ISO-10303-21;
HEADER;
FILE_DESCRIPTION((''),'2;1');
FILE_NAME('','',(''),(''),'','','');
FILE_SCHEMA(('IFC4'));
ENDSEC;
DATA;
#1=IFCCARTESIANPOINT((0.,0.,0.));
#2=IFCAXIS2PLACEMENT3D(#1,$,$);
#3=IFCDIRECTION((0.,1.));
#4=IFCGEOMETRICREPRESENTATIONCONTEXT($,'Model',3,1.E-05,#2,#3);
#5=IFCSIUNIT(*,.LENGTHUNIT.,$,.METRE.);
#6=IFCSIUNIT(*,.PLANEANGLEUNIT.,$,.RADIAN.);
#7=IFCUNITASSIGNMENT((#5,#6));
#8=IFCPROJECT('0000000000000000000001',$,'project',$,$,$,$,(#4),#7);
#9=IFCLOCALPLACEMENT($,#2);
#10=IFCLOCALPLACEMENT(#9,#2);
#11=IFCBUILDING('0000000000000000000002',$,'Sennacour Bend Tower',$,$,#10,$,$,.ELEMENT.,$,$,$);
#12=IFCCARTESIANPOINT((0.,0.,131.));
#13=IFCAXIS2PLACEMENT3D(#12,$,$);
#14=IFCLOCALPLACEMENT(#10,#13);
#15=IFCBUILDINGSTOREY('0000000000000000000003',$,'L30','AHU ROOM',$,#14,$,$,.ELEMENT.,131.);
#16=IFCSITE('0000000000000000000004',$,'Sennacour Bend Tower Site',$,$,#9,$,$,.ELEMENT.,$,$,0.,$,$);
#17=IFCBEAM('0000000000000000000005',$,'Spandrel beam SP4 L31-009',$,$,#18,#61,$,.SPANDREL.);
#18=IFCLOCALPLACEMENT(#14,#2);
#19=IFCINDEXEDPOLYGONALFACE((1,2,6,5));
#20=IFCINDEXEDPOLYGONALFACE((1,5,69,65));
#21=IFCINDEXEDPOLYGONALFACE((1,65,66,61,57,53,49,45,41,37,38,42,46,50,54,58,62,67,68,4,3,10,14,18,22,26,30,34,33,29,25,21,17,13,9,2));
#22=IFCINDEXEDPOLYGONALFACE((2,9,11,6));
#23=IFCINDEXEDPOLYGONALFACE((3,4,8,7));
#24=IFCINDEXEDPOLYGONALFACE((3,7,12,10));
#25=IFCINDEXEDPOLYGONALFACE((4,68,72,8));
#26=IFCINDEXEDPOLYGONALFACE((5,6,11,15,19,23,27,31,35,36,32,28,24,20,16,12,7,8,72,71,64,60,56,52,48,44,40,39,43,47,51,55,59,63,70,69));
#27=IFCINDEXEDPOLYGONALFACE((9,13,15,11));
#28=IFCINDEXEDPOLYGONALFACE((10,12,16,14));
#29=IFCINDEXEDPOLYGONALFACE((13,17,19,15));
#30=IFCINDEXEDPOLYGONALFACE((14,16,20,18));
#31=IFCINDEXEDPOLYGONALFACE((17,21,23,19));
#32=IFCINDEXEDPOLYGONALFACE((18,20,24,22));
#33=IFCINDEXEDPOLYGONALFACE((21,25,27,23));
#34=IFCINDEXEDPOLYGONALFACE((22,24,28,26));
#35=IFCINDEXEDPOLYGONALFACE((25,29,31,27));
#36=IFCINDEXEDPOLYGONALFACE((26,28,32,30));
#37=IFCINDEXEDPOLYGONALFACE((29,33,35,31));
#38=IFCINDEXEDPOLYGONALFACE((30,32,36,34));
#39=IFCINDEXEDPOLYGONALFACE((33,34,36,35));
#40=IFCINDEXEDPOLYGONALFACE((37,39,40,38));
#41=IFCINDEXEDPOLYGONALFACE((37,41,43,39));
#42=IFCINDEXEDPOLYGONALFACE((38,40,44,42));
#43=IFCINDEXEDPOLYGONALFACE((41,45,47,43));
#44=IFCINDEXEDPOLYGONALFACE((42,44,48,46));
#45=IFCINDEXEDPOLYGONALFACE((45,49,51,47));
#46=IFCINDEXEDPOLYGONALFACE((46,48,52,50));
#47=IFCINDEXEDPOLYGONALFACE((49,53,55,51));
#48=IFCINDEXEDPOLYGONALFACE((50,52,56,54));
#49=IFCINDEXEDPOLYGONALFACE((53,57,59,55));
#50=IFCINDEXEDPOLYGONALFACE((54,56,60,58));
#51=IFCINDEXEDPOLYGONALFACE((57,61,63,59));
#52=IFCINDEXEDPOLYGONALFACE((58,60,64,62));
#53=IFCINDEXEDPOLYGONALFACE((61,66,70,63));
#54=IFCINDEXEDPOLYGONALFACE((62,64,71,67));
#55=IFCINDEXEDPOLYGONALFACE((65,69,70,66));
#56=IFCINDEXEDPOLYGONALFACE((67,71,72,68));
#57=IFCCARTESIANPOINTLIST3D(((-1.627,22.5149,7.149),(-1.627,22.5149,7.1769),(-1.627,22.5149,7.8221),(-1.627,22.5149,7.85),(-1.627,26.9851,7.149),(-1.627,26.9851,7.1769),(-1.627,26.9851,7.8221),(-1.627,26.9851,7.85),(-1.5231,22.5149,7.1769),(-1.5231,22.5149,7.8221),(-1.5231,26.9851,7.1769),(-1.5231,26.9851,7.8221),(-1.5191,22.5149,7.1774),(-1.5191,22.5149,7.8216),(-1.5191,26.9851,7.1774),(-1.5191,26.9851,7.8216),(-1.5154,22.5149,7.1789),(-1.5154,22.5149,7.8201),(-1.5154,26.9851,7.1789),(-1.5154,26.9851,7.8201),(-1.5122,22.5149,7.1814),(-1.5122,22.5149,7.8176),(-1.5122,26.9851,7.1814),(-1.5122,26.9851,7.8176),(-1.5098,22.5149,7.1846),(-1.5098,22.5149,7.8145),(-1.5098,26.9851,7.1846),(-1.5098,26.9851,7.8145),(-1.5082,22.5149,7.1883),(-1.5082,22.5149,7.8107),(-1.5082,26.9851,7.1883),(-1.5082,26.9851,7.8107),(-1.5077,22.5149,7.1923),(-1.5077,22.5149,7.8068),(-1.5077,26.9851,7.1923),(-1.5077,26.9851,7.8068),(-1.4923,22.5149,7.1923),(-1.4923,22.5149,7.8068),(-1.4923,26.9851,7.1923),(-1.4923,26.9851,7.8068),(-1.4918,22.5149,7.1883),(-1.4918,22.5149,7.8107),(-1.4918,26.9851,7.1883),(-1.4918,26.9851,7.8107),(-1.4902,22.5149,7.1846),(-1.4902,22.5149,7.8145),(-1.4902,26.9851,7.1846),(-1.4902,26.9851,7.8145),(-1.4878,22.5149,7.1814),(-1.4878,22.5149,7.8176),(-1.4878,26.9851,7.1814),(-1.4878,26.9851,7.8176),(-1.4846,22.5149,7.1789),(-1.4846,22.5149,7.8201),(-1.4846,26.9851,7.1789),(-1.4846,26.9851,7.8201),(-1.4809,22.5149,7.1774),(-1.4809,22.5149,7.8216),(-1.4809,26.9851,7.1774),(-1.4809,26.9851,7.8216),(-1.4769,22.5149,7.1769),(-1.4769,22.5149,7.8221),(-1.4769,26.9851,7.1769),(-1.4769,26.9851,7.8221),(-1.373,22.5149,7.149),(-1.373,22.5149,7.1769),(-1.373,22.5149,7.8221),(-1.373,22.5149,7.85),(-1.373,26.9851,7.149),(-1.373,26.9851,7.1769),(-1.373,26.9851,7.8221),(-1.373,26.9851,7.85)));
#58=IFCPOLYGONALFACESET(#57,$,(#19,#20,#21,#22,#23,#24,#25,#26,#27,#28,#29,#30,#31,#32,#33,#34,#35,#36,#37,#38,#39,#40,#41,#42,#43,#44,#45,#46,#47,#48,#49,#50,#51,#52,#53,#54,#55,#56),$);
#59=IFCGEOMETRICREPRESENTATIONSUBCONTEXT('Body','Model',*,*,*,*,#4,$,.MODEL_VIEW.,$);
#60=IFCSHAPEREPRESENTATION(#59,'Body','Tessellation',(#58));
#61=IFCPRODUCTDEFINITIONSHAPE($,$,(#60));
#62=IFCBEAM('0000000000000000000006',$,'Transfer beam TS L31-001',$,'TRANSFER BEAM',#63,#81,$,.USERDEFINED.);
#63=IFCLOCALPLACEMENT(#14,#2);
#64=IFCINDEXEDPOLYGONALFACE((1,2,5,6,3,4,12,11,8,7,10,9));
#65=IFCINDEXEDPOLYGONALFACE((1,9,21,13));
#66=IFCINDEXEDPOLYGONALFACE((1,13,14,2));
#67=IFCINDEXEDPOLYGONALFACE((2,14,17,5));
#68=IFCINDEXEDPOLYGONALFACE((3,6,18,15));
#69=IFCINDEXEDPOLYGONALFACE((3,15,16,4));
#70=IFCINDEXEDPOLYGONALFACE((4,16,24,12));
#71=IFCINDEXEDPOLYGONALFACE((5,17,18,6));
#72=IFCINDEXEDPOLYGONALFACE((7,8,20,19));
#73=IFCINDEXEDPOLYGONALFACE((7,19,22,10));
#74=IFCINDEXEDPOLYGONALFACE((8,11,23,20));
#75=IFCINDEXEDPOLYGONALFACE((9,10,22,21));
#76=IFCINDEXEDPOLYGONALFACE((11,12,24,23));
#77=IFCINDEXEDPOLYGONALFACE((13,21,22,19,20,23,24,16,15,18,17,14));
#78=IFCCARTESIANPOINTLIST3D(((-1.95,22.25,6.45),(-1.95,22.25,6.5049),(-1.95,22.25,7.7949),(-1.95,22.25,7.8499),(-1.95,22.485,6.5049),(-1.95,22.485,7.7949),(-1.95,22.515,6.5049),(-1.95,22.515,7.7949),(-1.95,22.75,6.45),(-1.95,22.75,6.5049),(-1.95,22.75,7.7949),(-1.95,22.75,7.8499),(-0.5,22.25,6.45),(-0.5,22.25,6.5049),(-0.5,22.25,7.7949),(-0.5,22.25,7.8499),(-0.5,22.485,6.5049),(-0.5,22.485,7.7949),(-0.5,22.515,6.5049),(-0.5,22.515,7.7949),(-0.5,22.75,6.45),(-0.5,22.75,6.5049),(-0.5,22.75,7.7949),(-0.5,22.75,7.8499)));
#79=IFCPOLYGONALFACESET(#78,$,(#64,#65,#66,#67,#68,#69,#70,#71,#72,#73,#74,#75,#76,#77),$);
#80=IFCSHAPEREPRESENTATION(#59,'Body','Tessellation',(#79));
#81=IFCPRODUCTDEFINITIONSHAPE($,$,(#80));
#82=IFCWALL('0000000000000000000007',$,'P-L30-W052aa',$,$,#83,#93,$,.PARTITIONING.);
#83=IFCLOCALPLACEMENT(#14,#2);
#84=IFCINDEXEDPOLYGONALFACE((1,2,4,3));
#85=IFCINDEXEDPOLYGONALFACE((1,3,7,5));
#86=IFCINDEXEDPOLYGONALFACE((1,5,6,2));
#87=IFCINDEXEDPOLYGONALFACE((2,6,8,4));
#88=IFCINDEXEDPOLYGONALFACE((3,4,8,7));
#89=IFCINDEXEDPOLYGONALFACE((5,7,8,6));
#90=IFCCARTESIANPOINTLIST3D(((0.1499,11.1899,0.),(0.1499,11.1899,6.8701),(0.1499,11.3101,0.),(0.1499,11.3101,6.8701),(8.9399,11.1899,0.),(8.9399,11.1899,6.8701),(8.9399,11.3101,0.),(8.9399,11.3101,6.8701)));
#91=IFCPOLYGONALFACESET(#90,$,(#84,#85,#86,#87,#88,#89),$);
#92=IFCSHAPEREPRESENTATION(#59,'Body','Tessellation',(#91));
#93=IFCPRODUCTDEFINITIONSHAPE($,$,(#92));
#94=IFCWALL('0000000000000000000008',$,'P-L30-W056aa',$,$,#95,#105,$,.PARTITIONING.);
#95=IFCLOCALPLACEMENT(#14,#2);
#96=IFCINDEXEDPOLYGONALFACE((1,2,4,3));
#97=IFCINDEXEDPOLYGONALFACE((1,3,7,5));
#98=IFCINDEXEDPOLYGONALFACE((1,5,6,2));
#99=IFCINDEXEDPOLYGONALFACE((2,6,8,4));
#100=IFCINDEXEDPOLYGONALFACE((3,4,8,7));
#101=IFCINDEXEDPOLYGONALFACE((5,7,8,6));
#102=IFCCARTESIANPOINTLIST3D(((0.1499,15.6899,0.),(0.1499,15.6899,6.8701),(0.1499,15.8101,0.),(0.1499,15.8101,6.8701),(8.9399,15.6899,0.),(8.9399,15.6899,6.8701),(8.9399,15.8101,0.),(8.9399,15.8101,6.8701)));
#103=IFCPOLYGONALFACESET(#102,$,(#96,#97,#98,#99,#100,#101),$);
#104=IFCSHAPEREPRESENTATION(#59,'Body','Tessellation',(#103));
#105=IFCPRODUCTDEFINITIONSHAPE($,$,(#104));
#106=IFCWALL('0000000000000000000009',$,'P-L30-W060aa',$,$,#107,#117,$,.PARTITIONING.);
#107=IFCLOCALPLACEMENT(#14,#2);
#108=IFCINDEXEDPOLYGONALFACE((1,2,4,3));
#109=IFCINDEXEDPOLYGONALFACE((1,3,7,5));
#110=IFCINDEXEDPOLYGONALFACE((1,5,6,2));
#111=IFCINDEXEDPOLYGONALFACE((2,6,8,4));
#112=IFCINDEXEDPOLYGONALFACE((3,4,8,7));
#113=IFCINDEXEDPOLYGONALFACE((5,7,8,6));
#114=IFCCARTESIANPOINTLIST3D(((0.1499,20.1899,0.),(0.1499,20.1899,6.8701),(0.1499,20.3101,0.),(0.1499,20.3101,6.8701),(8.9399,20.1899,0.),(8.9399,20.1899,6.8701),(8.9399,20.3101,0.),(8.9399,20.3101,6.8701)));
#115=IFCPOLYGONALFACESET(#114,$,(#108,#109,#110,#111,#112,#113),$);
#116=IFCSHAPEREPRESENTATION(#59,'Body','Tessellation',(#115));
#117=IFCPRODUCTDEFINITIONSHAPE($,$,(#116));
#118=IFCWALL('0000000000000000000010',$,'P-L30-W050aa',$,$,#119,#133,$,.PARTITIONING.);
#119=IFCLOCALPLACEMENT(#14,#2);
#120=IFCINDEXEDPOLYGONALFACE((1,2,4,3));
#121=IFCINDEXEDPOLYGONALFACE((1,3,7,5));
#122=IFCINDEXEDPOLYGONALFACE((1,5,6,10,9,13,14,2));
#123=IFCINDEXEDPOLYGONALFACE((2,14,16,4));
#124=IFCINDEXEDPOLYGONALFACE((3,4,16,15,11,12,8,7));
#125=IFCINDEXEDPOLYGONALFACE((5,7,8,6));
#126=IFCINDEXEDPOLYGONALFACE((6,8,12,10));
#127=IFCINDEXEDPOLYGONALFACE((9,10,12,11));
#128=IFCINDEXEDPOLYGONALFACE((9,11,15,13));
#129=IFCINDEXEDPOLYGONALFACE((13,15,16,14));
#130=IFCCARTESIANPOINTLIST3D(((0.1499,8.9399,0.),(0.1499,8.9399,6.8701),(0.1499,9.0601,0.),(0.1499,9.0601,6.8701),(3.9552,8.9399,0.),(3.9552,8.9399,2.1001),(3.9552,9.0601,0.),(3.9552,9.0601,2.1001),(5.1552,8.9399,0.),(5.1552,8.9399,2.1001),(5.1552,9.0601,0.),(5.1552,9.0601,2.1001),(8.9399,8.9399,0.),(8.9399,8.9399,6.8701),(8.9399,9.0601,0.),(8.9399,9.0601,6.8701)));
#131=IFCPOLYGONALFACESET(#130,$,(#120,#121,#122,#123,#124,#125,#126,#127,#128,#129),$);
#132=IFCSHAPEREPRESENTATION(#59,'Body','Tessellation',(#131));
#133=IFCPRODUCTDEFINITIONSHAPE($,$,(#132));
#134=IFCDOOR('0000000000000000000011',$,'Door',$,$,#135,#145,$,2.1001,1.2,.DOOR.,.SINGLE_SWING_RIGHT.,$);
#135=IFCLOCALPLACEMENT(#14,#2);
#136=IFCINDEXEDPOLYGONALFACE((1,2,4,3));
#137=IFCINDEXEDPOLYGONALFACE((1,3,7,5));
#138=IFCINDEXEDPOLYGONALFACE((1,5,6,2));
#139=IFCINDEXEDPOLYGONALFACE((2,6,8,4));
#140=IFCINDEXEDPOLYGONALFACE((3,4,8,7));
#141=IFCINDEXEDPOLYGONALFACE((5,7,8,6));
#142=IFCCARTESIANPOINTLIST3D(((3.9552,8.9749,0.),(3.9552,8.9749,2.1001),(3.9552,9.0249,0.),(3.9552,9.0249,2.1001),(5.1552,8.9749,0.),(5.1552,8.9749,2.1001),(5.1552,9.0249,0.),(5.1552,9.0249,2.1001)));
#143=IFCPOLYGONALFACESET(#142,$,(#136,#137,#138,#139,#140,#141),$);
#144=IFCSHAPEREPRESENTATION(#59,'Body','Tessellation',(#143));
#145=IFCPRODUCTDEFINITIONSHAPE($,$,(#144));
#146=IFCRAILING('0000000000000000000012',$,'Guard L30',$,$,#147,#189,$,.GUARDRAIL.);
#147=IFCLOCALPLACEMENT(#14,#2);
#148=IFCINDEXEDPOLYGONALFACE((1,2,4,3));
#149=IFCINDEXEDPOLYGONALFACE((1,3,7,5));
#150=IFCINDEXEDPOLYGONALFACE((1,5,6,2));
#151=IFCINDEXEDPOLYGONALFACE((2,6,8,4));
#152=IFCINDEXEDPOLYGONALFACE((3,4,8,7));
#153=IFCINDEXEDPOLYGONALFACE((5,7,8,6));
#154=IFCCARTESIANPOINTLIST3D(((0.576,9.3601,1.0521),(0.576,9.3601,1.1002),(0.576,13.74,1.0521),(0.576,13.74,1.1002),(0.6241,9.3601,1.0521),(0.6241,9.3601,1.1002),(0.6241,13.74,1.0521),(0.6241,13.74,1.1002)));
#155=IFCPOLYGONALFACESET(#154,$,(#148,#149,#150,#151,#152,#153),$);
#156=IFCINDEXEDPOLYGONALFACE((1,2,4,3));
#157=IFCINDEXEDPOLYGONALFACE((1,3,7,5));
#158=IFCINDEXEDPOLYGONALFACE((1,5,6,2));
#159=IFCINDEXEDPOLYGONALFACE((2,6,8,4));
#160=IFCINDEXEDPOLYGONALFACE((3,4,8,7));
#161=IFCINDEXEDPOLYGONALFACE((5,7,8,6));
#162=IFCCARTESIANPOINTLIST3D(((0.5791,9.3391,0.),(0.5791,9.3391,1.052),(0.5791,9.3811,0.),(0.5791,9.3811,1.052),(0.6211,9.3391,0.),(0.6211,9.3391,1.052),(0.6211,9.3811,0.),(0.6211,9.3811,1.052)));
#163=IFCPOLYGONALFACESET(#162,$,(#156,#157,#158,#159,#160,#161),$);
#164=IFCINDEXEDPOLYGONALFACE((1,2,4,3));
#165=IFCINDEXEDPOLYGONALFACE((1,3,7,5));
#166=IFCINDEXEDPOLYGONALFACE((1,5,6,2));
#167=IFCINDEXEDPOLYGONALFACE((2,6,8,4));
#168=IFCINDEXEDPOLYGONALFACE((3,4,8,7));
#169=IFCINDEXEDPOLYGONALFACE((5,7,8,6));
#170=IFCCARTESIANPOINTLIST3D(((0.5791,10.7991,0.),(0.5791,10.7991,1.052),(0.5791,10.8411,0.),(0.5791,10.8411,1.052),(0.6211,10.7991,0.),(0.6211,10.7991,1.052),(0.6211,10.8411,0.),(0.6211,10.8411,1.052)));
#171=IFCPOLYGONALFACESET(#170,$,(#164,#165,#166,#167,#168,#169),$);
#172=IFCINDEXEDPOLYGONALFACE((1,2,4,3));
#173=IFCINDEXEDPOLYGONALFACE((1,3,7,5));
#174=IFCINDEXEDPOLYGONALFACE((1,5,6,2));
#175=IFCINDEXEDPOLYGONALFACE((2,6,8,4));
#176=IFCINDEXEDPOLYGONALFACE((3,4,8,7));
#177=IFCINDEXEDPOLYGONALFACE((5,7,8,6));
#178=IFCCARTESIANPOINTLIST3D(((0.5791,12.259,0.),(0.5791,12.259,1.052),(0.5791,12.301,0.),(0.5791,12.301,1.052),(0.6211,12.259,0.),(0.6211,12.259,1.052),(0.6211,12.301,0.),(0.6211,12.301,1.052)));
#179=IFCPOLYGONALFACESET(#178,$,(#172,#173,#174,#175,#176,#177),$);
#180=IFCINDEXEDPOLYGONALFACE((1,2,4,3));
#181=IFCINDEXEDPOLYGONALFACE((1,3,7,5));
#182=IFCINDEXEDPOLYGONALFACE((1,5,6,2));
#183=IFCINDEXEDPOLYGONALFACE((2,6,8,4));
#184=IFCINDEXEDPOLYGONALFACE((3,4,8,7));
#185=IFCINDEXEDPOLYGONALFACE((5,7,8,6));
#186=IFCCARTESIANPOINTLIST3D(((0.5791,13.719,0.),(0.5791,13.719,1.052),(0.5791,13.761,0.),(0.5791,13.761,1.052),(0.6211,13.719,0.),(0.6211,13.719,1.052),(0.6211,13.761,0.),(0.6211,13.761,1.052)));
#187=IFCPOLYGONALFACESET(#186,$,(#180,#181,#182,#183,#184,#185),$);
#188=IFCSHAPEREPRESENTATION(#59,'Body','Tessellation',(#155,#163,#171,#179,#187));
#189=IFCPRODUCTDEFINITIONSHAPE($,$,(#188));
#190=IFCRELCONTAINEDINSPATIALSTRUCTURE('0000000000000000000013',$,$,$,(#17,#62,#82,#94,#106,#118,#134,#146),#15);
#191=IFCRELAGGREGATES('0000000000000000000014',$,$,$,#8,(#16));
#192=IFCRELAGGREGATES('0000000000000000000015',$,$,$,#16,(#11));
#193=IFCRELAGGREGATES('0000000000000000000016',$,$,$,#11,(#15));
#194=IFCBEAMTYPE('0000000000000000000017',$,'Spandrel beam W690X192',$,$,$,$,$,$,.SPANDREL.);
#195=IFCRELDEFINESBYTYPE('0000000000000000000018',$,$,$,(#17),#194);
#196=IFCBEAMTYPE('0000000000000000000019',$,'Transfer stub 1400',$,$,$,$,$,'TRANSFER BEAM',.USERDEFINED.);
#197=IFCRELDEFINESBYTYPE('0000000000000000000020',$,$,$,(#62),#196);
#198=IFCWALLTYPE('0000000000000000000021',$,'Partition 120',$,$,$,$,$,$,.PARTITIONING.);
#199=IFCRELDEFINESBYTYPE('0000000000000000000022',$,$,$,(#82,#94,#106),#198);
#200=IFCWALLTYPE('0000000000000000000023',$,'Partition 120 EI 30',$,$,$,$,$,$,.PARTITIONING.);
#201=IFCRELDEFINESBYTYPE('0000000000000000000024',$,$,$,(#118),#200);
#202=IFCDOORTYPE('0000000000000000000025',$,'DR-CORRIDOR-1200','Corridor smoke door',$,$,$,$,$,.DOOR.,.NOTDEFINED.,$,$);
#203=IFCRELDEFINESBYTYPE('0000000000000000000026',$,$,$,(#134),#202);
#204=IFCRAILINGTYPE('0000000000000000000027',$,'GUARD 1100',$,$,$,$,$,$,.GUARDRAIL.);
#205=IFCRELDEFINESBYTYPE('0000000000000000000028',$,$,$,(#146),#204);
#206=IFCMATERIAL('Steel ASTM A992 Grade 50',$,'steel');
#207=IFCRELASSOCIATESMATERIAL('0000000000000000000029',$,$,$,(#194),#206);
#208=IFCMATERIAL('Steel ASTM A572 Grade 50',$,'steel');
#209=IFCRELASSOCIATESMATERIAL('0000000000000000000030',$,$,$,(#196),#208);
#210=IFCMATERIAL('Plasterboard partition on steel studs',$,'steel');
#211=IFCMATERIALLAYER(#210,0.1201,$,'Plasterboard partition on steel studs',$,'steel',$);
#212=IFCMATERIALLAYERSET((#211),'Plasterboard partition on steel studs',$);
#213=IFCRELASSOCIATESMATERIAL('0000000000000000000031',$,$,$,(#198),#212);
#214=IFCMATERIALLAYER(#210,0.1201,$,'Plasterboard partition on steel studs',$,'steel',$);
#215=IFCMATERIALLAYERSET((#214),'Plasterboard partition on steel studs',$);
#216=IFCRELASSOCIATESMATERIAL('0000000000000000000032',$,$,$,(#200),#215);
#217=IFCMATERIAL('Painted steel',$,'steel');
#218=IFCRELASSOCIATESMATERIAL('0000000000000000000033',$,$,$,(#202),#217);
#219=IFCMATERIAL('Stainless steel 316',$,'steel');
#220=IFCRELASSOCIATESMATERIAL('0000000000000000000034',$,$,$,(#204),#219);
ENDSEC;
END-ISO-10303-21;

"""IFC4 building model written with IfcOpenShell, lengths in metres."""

from ifc_helpers import new_model, si_unit, direction, frame, frame_2d, origin, origin_2d, place, context, subcontext, project, spatial, rectangle, i_section, extrude, material, layer, layer_set, material_profile, profile_set, type_object, element, fill, save


model = new_model("IFC4")

# Units and contexts
model_context = context("Model", 3, precision=1e-05, world=origin(), true_north=direction((0.0, 1.0)))
body_context = subcontext(model_context, "Body", "Model", "MODEL_VIEW")
ifc_project = project(units=[si_unit("LENGTHUNIT", "METRE"), si_unit("PLANEANGLEUNIT", "RADIAN")], contexts=[model_context])

# Site, building, storey
site_placement = place(None, origin())
site = spatial("IfcSite", under=ifc_project, at=site_placement, Name="Sennacour Bend Tower Site", CompositionType="ELEMENT", RefElevation=0.0)
building_placement = place(site_placement, origin())
building = spatial("IfcBuilding", under=site, at=building_placement, Name="Sennacour Bend Tower", CompositionType="ELEMENT")
storey_placement = place(building_placement, frame((0.0, 0.0, 131.0)))
storey = spatial("IfcBuildingStorey", under=building, at=storey_placement, Name="L30", Description="AHU ROOM", CompositionType="ELEMENT", Elevation=131.0)

# Shared definitions
ifc_material_1 = material(Name="Steel ASTM A572 Grade 50", Category="steel")

# Shared definitions
ifc_material_2 = material(Name="Steel ASTM A992 Grade 50", Category="steel")

# Beams
ifc_material_profile_1 = material_profile(ifc_material_2, i_section(OverallWidth=0.2539, OverallDepth=0.7009, WebThickness=0.0154, FlangeThickness=0.0278, FilletRadius=0.0154, at=origin_2d()), Name="Steel ASTM A992 Grade 50", Category="steel")
ifc_profile_set_1 = profile_set([ifc_material_profile_1], Name="Steel ASTM A992 Grade 50")
beam_type_1 = type_object("IfcBeamType", Name="Spandrel beam W690X192", PredefinedType="SPANDREL", material=ifc_profile_set_1)
beam_1_placement = place(storey_placement, frame((-1.5, 22.5149, 7.4995), z_axis=(0.0, 1.0, 0.0), x_axis=(-1.0, 0.0, 0.0)))
element("IfcBeam", 1, at=beam_1_placement, inside=storey, type_object=beam_type_1, Name="Spandrel beam SP4 L31-009", PredefinedType="SPANDREL", context=body_context, shape_type="SweptSolid", body=[
    extrude(i_section(OverallWidth=0.2539, OverallDepth=0.7009, WebThickness=0.0154, FlangeThickness=0.0278, FilletRadius=0.0154, at=origin_2d()), origin(), (0.0, 0.0, 1.0), 4.4702),
])
ifc_material_profile_2 = material_profile(ifc_material_1, i_section(OverallWidth=0.5, OverallDepth=1.3999, WebThickness=0.03, FlangeThickness=0.0549, at=origin_2d()), Name="Steel ASTM A572 Grade 50", Category="steel")
ifc_profile_set_2 = profile_set([ifc_material_profile_2], Name="Steel ASTM A572 Grade 50")
beam_type_2 = type_object("IfcBeamType", Name="Transfer stub 1400", ElementType="TRANSFER BEAM", PredefinedType="USERDEFINED", material=ifc_profile_set_2)
beam_2_placement = place(storey_placement, frame((-0.5, 22.5, 7.1499), z_axis=(-1.0, 0.0, 0.0), x_axis=(0.0, -1.0, 0.0)))
element("IfcBeam", 2, at=beam_2_placement, inside=storey, type_object=beam_type_2, Name="Transfer beam TS L31-001", ObjectType="TRANSFER BEAM", PredefinedType="USERDEFINED", context=body_context, shape_type="SweptSolid", body=[
    extrude(i_section(OverallWidth=0.5, OverallDepth=1.3999, WebThickness=0.03, FlangeThickness=0.0549, at=origin_2d()), origin(), (0.0, 0.0, 1.0), 1.45),
])

# Walls
ifc_material_3 = material(Name="Plasterboard partition on steel studs", Category="steel")
ifc_layer_1 = layer(ifc_material_3, 0.1201, Name="Plasterboard partition on steel studs", Category="steel")
ifc_layer_set_1 = layer_set([ifc_layer_1], Name="Plasterboard partition on steel studs")
wall_type_1 = type_object("IfcWallType", Name="Partition 120", PredefinedType="PARTITIONING", material=ifc_layer_set_1)
for number, where, z_axis, x_axis, name in (
    (3, (0.1499, 11.25, 0.0), (0.0, 0.0, 1.0), (1.0, 0.0, 0.0), "P-L30-W052aa"),
    (4, (0.1499, 15.75, 0.0), (0.0, 0.0, 1.0), (1.0, 0.0, 0.0), "P-L30-W056aa"),
    (5, (0.1499, 20.25, 0.0), (0.0, 0.0, 1.0), (1.0, 0.0, 0.0), "P-L30-W060aa"),
):
    element("IfcWall", number, at=place(storey_placement, frame(where, z_axis=z_axis, x_axis=x_axis)), inside=storey, type_object=wall_type_1, Name=name, PredefinedType="PARTITIONING", context=body_context, shape_type="SweptSolid", body=[
        extrude(rectangle(XDim=8.79, YDim=0.1201, at=frame_2d((4.395, 0.0))), origin(), (0.0, 0.0, 1.0), 6.8701),
    ])

# Wall, opening, door
ifc_layer_2 = layer(ifc_material_3, 0.1201, Name="Plasterboard partition on steel studs", Category="steel")
ifc_layer_set_2 = layer_set([ifc_layer_2], Name="Plasterboard partition on steel studs")
wall_type_2 = type_object("IfcWallType", Name="Partition 120 EI 30", PredefinedType="PARTITIONING", material=ifc_layer_set_2)
wall_placement = place(storey_placement, frame((0.1499, 9.0, 0.0), z_axis=(0.0, 0.0, 1.0), x_axis=(1.0, 0.0, 0.0)))
wall = element("IfcWall", 6, at=wall_placement, inside=storey, type_object=wall_type_2, Name="P-L30-W050aa", PredefinedType="PARTITIONING", context=body_context, shape_type="SweptSolid", body=[
    extrude(rectangle(XDim=8.79, YDim=0.1201, at=frame_2d((4.395, 0.0))), origin(), (0.0, 0.0, 1.0), 6.8701),
])
opening_placement = place(wall_placement, frame((3.8052, 0.0, 0.0)))
opening = element("IfcOpeningElement", 7, at=opening_placement, cuts=wall, PredefinedType="OPENING", context=body_context, shape_type="SweptSolid", body=[
    extrude(rectangle(XDim=1.2, YDim=2.1001, at=frame_2d((0.6001, 1.05))), frame((0.0, 0.0701, 0.0), z_axis=(0.0, -1.0, 0.0), x_axis=(1.0, 0.0, 0.0)), (0.0, 0.0, 1.0), 0.1401),
])
ifc_material_4 = material(Name="Painted steel", Category="steel")
door_type = type_object("IfcDoorType", Name="DR-CORRIDOR-1200", Description="Corridor smoke door", OperationType="NOTDEFINED", PredefinedType="DOOR", material=ifc_material_4)
door_placement = place(opening_placement, origin())
door = element("IfcDoor", 8, at=door_placement, inside=storey, type_object=door_type, Name="Door", OperationType="SINGLE_SWING_RIGHT", OverallHeight=2.1001, OverallWidth=1.2, PredefinedType="DOOR", context=body_context, shape_type="SweptSolid", body=[
    extrude(rectangle(XDim=1.2, YDim=2.1001, at=frame_2d((0.6001, 1.05))), frame((0.0, 0.0249, 0.0), z_axis=(0.0, -1.0, 0.0), x_axis=(1.0, 0.0, 0.0)), (0.0, 0.0, 1.0), 0.05),
])
fill(opening, door)

# Railing
ifc_material_5 = material(Name="Stainless steel 316", Category="steel")
railing_type = type_object("IfcRailingType", Name="GUARD 1100", PredefinedType="GUARDRAIL", material=ifc_material_5)
railing_1_placement = place(storey_placement, frame((0.6001, 9.3601, 0.0)))
element("IfcRailing", 9, at=railing_1_placement, inside=storey, type_object=railing_type, Name="Guard L30", PredefinedType="GUARDRAIL", context=body_context, shape_type="SweptSolid", body=[
    extrude(rectangle(XDim=0.0481, YDim=0.0481, at=origin_2d()), frame((0.0, 0.0, 1.0762), z_axis=(0.0, 1.0, 0.0), x_axis=(-1.0, 0.0, 0.0)), (0.0, 0.0, 1.0), 4.3799),
    extrude(rectangle(XDim=0.042, YDim=0.042, at=origin_2d()), origin(), (0.0, 0.0, 1.0), 1.052),
    extrude(rectangle(XDim=0.042, YDim=0.042, at=origin_2d()), frame((0.0, 1.46, 0.0)), (0.0, 0.0, 1.0), 1.052),
    extrude(rectangle(XDim=0.042, YDim=0.042, at=origin_2d()), frame((0.0, 2.9199, 0.0)), (0.0, 0.0, 1.0), 1.052),
    extrude(rectangle(XDim=0.042, YDim=0.042, at=origin_2d()), frame((0.0, 4.3799, 0.0)), (0.0, 0.0, 1.0), 1.052),
])

save(model, "model.ifc")
